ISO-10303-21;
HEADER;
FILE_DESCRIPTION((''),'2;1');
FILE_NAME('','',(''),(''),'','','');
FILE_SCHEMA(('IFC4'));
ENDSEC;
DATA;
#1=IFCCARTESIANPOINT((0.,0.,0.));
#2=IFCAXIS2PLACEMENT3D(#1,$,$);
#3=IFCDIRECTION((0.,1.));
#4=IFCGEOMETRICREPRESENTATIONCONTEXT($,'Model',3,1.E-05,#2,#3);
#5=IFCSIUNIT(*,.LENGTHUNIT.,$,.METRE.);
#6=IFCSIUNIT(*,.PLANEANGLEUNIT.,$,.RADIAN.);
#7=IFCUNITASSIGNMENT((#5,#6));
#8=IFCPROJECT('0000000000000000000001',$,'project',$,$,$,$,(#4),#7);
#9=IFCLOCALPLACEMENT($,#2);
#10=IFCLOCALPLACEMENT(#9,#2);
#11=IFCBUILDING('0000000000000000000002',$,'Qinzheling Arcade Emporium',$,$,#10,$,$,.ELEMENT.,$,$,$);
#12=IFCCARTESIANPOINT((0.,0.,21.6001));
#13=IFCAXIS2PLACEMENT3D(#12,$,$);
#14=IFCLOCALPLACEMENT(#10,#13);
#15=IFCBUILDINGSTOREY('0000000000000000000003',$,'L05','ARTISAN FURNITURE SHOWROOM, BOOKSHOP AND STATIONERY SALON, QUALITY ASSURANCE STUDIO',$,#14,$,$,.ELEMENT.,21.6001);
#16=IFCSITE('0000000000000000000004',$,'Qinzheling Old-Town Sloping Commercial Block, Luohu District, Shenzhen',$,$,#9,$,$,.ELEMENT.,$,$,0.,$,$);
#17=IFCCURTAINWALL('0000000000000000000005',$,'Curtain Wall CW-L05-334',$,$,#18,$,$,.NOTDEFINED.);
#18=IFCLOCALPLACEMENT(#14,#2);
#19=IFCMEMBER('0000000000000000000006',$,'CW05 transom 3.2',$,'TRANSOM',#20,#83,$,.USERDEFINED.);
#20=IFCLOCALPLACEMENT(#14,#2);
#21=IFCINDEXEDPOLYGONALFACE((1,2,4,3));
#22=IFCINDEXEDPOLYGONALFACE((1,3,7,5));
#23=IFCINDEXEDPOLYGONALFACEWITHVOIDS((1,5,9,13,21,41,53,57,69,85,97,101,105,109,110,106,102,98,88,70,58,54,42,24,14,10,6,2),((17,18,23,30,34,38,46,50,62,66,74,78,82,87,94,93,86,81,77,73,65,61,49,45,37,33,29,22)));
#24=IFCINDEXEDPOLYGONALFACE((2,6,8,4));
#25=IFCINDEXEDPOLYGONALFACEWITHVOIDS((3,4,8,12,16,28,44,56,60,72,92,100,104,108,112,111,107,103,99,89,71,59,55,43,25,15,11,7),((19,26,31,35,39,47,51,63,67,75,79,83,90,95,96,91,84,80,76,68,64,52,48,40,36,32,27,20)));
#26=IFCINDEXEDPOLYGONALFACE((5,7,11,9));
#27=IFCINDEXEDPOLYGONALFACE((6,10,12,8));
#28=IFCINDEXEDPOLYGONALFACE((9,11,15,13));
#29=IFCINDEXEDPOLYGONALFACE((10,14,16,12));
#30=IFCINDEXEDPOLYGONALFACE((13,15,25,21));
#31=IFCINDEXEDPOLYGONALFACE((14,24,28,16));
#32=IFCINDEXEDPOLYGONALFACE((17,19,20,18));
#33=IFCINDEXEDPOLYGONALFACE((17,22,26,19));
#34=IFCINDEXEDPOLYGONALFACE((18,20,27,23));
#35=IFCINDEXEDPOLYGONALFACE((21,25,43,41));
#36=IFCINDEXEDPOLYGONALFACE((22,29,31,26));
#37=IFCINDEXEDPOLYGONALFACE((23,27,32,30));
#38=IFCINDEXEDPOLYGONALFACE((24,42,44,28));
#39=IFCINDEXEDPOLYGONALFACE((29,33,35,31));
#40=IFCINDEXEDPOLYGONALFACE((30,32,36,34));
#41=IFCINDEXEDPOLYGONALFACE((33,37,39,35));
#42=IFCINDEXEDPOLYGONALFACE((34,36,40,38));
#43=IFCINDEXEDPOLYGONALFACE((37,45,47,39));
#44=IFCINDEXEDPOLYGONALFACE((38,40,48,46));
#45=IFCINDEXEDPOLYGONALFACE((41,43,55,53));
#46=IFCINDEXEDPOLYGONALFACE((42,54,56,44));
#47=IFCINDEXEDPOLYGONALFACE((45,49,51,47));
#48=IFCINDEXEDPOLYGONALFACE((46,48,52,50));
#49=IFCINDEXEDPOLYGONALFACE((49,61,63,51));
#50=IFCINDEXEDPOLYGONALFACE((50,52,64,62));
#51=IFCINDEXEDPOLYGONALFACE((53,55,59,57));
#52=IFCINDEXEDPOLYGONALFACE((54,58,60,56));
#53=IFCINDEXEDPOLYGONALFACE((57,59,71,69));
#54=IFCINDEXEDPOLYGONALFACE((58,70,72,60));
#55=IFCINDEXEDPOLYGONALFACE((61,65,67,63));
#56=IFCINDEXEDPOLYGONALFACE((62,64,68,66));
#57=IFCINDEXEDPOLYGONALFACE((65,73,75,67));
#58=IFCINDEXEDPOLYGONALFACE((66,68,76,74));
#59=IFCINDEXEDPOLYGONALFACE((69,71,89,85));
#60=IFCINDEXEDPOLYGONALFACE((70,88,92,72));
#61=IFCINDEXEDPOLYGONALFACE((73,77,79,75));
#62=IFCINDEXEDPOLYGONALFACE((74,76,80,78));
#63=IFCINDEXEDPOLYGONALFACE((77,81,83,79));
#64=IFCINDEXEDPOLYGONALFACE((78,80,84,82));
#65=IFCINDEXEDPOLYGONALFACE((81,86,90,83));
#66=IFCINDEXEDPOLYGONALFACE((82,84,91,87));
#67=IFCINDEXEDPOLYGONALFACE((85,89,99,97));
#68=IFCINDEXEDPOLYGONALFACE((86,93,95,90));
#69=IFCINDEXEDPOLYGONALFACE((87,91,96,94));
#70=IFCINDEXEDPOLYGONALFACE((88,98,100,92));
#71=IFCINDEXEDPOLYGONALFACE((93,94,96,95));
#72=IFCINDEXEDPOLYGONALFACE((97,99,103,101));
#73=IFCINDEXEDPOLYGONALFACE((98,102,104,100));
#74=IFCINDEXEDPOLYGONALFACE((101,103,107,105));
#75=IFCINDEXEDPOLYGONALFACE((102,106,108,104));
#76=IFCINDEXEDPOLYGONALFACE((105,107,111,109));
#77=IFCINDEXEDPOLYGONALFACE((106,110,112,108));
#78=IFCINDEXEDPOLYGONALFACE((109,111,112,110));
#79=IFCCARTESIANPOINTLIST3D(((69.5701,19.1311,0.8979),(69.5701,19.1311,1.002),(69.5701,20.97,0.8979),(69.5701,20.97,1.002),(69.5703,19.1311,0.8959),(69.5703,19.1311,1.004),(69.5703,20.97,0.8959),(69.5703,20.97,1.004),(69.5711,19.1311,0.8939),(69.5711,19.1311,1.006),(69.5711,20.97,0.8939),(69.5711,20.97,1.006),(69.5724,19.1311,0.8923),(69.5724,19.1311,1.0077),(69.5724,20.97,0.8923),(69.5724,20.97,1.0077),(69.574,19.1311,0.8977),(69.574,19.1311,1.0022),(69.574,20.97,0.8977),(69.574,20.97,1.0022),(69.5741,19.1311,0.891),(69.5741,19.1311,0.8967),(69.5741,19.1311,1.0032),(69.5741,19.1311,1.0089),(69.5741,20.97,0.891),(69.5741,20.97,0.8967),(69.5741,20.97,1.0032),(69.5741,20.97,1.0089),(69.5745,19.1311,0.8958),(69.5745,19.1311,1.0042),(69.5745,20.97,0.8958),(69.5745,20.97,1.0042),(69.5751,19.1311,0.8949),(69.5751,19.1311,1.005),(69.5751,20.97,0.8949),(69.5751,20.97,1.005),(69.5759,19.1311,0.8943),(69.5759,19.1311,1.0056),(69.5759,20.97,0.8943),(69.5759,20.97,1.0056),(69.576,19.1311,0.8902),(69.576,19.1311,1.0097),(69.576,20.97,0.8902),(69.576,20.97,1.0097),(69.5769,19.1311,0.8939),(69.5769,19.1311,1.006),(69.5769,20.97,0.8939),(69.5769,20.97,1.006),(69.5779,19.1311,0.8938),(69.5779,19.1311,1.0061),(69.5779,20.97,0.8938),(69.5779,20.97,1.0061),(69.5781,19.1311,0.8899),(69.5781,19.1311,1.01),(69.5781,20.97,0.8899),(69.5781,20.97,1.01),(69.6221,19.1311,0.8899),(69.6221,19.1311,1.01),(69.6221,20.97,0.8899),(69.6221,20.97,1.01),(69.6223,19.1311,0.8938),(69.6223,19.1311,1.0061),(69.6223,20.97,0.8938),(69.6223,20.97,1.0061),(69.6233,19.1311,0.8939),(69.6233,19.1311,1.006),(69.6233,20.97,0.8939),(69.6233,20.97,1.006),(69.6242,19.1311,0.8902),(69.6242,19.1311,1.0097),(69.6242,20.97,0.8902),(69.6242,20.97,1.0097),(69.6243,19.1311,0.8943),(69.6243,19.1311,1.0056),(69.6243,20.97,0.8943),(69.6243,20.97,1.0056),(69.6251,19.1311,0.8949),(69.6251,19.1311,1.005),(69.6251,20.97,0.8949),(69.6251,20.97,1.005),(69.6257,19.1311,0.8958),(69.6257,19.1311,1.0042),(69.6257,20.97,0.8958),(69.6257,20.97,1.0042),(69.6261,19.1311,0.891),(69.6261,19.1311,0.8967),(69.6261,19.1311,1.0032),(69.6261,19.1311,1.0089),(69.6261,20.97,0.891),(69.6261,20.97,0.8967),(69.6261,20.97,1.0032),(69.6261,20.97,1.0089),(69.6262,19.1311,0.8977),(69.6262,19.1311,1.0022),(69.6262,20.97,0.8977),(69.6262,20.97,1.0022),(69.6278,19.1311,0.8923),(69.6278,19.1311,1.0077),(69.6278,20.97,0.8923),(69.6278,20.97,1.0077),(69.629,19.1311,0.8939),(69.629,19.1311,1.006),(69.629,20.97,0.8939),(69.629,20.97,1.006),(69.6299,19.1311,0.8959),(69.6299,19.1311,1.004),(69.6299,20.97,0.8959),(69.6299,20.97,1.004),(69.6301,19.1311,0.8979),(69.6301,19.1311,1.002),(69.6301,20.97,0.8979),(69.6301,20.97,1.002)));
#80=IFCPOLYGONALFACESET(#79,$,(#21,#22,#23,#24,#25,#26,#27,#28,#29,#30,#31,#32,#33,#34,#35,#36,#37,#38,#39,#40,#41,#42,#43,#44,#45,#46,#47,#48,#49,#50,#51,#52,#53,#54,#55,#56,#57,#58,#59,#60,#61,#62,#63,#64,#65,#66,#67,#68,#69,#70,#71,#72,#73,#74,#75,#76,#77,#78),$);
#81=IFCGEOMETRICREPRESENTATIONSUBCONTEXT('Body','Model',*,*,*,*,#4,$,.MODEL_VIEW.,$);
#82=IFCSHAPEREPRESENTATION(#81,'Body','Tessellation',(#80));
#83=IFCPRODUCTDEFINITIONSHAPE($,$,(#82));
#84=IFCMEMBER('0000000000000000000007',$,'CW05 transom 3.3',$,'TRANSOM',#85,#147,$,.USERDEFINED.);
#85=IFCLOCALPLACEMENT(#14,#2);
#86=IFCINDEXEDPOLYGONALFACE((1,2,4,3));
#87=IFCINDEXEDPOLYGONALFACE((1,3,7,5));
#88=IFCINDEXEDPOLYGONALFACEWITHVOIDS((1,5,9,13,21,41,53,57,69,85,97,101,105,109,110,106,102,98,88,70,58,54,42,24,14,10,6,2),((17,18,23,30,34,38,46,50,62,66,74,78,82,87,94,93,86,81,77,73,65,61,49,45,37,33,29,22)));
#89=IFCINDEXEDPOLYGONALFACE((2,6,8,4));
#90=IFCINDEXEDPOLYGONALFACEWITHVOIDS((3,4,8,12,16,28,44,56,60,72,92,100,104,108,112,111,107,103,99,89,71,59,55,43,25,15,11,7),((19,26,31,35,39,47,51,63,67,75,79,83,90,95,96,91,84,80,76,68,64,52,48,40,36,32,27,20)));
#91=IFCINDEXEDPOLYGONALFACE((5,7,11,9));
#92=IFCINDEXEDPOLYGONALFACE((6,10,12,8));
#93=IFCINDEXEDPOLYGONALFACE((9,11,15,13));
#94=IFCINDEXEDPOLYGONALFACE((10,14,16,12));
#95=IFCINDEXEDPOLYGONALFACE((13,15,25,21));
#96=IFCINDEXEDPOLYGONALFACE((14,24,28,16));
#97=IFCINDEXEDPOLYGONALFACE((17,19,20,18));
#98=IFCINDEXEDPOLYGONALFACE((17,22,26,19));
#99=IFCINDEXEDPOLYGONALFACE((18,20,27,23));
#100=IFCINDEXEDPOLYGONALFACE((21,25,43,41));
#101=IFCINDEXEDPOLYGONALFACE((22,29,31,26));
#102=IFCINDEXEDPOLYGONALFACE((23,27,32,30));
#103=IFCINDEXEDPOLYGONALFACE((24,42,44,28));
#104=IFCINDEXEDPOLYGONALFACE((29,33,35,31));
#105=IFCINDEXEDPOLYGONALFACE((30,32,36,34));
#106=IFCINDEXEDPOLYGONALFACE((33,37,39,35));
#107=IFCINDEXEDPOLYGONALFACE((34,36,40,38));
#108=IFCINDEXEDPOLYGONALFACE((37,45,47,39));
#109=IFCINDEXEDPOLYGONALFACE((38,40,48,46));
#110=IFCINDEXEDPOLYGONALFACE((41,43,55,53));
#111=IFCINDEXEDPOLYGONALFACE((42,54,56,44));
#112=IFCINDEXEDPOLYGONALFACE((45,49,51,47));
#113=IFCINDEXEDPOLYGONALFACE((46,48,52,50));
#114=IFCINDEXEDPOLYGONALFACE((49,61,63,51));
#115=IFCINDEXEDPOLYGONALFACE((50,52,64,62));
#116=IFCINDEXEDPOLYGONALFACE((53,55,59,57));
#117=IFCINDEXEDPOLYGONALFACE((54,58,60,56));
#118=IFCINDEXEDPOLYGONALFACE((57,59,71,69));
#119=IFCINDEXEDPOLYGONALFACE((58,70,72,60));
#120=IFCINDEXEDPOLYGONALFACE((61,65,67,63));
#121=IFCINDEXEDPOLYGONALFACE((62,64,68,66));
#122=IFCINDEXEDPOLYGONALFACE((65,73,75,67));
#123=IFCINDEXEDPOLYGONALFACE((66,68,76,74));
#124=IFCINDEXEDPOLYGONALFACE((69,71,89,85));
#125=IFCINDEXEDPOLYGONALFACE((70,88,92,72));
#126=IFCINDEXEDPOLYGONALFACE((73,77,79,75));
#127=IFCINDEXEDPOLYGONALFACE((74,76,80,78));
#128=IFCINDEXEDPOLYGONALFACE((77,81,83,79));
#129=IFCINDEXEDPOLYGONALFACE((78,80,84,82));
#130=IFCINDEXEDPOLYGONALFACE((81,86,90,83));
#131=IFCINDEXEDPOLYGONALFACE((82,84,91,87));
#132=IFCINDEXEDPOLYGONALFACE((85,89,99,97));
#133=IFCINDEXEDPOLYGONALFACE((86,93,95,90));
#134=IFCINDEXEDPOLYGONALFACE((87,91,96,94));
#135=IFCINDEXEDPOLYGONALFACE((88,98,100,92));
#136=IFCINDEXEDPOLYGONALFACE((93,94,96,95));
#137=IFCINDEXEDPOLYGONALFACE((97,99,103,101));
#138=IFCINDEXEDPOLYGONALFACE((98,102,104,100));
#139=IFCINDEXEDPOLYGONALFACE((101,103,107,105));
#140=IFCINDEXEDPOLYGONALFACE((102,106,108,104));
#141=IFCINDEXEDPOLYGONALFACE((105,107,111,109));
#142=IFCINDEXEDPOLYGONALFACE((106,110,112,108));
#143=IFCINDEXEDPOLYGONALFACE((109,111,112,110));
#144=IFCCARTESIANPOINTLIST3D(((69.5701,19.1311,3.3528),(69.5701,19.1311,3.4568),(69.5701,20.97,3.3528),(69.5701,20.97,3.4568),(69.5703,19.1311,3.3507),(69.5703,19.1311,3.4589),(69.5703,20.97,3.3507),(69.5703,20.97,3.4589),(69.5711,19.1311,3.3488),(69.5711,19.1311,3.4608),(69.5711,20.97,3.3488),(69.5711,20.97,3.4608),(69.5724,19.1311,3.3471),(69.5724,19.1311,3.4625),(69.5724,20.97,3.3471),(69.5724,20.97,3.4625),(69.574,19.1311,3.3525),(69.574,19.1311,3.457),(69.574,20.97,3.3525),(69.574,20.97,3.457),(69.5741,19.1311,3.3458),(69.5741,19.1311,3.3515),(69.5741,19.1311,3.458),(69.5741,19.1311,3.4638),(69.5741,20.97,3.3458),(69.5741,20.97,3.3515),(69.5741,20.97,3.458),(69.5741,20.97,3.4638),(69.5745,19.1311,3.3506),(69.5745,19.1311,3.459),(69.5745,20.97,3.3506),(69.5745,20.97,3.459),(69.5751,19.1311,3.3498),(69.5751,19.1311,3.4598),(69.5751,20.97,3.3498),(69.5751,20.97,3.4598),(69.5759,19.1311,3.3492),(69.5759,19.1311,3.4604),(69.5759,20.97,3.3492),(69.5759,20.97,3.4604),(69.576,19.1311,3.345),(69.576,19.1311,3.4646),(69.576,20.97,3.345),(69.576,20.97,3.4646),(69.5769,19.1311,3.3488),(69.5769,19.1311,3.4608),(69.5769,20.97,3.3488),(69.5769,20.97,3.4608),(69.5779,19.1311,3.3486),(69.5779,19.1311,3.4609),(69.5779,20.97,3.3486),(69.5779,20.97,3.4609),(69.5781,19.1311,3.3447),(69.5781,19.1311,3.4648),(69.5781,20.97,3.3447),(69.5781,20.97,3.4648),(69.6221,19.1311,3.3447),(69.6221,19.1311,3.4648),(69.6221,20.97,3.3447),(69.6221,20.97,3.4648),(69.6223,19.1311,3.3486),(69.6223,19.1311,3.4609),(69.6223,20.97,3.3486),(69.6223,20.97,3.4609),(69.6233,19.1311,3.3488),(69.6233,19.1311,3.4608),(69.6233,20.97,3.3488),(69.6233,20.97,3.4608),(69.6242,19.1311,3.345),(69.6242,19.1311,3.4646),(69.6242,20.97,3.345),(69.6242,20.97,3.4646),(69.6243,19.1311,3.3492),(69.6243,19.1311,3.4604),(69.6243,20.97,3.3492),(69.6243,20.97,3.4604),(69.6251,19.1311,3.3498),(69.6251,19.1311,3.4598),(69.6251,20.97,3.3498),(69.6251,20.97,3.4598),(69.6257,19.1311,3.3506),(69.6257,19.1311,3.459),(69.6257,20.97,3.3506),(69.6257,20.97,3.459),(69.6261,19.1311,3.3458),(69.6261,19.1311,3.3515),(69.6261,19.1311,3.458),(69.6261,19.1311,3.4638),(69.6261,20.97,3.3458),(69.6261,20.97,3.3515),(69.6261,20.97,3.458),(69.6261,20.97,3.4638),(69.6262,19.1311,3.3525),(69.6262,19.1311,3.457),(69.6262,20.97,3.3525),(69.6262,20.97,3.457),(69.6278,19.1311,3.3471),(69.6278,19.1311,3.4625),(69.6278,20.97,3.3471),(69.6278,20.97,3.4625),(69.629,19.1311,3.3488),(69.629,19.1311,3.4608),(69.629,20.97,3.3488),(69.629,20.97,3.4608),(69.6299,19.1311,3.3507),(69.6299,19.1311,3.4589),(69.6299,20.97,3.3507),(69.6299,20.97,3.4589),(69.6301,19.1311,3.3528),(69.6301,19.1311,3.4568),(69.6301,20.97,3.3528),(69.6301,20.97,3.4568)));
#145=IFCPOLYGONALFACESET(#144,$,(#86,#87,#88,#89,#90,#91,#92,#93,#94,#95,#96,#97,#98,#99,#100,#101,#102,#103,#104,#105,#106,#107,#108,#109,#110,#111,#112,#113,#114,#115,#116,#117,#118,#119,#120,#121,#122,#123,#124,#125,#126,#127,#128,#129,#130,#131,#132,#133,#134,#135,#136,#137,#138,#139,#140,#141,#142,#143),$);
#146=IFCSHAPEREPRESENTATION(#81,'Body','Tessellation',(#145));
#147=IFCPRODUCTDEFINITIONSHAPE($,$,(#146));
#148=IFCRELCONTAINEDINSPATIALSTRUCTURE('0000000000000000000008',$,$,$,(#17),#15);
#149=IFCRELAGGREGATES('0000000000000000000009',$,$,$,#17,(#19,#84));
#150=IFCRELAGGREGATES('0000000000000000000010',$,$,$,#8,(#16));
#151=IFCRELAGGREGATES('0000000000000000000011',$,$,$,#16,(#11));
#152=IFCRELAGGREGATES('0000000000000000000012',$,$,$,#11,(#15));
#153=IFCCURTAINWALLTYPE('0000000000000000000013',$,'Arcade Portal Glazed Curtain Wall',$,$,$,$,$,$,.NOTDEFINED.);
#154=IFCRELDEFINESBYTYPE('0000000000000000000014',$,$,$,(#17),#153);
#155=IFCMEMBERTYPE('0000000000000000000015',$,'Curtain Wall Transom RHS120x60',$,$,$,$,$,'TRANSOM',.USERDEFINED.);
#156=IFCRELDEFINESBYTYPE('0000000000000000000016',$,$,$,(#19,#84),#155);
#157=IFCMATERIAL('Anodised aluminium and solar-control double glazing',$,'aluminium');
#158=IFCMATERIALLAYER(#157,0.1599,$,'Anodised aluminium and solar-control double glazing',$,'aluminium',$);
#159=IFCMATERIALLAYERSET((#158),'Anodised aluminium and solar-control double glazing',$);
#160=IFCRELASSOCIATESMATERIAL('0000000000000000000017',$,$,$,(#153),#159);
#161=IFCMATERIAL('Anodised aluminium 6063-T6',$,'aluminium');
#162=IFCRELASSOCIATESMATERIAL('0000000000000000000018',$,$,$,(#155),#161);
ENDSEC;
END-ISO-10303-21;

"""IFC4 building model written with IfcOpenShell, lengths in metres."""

from ifc_helpers import new_model, si_unit, direction, frame, origin, origin_2d, place, context, subcontext, project, spatial, hollow_rectangle, extrude, material, layer, layer_set, material_profile, profile_set, type_object, element, aggregate, save


model = new_model("IFC4")

# Units and contexts
model_context = context("Model", 3, precision=1e-05, world=origin(), true_north=direction((0.0, 1.0)))
body_context = subcontext(model_context, "Body", "Model", "MODEL_VIEW")
ifc_project = project(units=[si_unit("LENGTHUNIT", "METRE"), si_unit("PLANEANGLEUNIT", "RADIAN")], contexts=[model_context])

# Site, building, storey
site_placement = place(None, origin())
site = spatial("IfcSite", under=ifc_project, at=site_placement, Name="Qinzheling Old-Town Sloping Commercial Block, Luohu District, Shenzhen", CompositionType="ELEMENT", RefElevation=0.0)
building_placement = place(site_placement, origin())
building = spatial("IfcBuilding", under=site, at=building_placement, Name="Qinzheling Arcade Emporium", CompositionType="ELEMENT")
storey_placement = place(building_placement, frame((0.0, 0.0, 21.6001)))
storey = spatial("IfcBuildingStorey", under=building, at=storey_placement, Name="L05", Description="ARTISAN FURNITURE SHOWROOM, BOOKSHOP AND STATIONERY SALON, QUALITY ASSURANCE STUDIO", CompositionType="ELEMENT", Elevation=21.6001)

# Curtain wall, members
ifc_material_1 = material(Name="Anodised aluminium and solar-control double glazing", Category="aluminium")
ifc_layer_1 = layer(ifc_material_1, 0.1599, Name="Anodised aluminium and solar-control double glazing", Category="aluminium")
ifc_layer_set_1 = layer_set([ifc_layer_1], Name="Anodised aluminium and solar-control double glazing")
curtain_wall_type = type_object("IfcCurtainWallType", Name="Arcade Portal Glazed Curtain Wall", PredefinedType="NOTDEFINED", material=ifc_layer_set_1)
curtain_wall_placement = place(storey_placement, origin())
curtain_wall = element("IfcCurtainWall", 1, at=curtain_wall_placement, inside=storey, type_object=curtain_wall_type, Name="Curtain Wall CW-L05-334", PredefinedType="NOTDEFINED")
ifc_material_2 = material(Name="Anodised aluminium 6063-T6", Category="aluminium")
ifc_material_profile_1 = material_profile(ifc_material_2, hollow_rectangle(XDim=0.0601, YDim=0.1201, WallThickness=0.0039, InnerFilletRadius=0.0039, OuterFilletRadius=0.0081, at=origin_2d()), Name="RHS 120x60x4", Category="aluminium")
ifc_profile_set_1 = profile_set([ifc_material_profile_1], Name="Anodised aluminium 6063-T6")
member_type_1 = type_object("IfcMemberType", Name="Curtain Wall Transom RHS120x60", ElementType="TRANSOM", PredefinedType="USERDEFINED", material=ifc_profile_set_1)
member_1_placement = place(storey_placement, frame((69.6001, 20.97, 0.95), z_axis=(0.0, -1.0, 0.0), x_axis=(1.0, 0.0, 0.0)))
member_1 = element("IfcMember", 2, at=member_1_placement, type_object=member_type_1, Name="CW05 transom 3.2", ObjectType="TRANSOM", PredefinedType="USERDEFINED", context=body_context, shape_type="SweptSolid", body=[
    extrude(hollow_rectangle(XDim=0.0601, YDim=0.1201, WallThickness=0.0039, InnerFilletRadius=0.0039, OuterFilletRadius=0.0081, at=origin_2d()), origin(), (0.0, 0.0, 1.0), 1.8389),
])
member_2_placement = place(storey_placement, frame((69.6001, 20.97, 3.4048), z_axis=(0.0, -1.0, 0.0), x_axis=(1.0, 0.0, 0.0)))
member_2 = element("IfcMember", 3, at=member_2_placement, type_object=member_type_1, Name="CW05 transom 3.3", ObjectType="TRANSOM", PredefinedType="USERDEFINED", context=body_context, shape_type="SweptSolid", body=[
    extrude(hollow_rectangle(XDim=0.0601, YDim=0.1201, WallThickness=0.0039, InnerFilletRadius=0.0039, OuterFilletRadius=0.0081, at=origin_2d()), origin(), (0.0, 0.0, 1.0), 1.8389),
])
aggregate(curtain_wall, [member_1, member_2])

save(model, "model.ifc")
